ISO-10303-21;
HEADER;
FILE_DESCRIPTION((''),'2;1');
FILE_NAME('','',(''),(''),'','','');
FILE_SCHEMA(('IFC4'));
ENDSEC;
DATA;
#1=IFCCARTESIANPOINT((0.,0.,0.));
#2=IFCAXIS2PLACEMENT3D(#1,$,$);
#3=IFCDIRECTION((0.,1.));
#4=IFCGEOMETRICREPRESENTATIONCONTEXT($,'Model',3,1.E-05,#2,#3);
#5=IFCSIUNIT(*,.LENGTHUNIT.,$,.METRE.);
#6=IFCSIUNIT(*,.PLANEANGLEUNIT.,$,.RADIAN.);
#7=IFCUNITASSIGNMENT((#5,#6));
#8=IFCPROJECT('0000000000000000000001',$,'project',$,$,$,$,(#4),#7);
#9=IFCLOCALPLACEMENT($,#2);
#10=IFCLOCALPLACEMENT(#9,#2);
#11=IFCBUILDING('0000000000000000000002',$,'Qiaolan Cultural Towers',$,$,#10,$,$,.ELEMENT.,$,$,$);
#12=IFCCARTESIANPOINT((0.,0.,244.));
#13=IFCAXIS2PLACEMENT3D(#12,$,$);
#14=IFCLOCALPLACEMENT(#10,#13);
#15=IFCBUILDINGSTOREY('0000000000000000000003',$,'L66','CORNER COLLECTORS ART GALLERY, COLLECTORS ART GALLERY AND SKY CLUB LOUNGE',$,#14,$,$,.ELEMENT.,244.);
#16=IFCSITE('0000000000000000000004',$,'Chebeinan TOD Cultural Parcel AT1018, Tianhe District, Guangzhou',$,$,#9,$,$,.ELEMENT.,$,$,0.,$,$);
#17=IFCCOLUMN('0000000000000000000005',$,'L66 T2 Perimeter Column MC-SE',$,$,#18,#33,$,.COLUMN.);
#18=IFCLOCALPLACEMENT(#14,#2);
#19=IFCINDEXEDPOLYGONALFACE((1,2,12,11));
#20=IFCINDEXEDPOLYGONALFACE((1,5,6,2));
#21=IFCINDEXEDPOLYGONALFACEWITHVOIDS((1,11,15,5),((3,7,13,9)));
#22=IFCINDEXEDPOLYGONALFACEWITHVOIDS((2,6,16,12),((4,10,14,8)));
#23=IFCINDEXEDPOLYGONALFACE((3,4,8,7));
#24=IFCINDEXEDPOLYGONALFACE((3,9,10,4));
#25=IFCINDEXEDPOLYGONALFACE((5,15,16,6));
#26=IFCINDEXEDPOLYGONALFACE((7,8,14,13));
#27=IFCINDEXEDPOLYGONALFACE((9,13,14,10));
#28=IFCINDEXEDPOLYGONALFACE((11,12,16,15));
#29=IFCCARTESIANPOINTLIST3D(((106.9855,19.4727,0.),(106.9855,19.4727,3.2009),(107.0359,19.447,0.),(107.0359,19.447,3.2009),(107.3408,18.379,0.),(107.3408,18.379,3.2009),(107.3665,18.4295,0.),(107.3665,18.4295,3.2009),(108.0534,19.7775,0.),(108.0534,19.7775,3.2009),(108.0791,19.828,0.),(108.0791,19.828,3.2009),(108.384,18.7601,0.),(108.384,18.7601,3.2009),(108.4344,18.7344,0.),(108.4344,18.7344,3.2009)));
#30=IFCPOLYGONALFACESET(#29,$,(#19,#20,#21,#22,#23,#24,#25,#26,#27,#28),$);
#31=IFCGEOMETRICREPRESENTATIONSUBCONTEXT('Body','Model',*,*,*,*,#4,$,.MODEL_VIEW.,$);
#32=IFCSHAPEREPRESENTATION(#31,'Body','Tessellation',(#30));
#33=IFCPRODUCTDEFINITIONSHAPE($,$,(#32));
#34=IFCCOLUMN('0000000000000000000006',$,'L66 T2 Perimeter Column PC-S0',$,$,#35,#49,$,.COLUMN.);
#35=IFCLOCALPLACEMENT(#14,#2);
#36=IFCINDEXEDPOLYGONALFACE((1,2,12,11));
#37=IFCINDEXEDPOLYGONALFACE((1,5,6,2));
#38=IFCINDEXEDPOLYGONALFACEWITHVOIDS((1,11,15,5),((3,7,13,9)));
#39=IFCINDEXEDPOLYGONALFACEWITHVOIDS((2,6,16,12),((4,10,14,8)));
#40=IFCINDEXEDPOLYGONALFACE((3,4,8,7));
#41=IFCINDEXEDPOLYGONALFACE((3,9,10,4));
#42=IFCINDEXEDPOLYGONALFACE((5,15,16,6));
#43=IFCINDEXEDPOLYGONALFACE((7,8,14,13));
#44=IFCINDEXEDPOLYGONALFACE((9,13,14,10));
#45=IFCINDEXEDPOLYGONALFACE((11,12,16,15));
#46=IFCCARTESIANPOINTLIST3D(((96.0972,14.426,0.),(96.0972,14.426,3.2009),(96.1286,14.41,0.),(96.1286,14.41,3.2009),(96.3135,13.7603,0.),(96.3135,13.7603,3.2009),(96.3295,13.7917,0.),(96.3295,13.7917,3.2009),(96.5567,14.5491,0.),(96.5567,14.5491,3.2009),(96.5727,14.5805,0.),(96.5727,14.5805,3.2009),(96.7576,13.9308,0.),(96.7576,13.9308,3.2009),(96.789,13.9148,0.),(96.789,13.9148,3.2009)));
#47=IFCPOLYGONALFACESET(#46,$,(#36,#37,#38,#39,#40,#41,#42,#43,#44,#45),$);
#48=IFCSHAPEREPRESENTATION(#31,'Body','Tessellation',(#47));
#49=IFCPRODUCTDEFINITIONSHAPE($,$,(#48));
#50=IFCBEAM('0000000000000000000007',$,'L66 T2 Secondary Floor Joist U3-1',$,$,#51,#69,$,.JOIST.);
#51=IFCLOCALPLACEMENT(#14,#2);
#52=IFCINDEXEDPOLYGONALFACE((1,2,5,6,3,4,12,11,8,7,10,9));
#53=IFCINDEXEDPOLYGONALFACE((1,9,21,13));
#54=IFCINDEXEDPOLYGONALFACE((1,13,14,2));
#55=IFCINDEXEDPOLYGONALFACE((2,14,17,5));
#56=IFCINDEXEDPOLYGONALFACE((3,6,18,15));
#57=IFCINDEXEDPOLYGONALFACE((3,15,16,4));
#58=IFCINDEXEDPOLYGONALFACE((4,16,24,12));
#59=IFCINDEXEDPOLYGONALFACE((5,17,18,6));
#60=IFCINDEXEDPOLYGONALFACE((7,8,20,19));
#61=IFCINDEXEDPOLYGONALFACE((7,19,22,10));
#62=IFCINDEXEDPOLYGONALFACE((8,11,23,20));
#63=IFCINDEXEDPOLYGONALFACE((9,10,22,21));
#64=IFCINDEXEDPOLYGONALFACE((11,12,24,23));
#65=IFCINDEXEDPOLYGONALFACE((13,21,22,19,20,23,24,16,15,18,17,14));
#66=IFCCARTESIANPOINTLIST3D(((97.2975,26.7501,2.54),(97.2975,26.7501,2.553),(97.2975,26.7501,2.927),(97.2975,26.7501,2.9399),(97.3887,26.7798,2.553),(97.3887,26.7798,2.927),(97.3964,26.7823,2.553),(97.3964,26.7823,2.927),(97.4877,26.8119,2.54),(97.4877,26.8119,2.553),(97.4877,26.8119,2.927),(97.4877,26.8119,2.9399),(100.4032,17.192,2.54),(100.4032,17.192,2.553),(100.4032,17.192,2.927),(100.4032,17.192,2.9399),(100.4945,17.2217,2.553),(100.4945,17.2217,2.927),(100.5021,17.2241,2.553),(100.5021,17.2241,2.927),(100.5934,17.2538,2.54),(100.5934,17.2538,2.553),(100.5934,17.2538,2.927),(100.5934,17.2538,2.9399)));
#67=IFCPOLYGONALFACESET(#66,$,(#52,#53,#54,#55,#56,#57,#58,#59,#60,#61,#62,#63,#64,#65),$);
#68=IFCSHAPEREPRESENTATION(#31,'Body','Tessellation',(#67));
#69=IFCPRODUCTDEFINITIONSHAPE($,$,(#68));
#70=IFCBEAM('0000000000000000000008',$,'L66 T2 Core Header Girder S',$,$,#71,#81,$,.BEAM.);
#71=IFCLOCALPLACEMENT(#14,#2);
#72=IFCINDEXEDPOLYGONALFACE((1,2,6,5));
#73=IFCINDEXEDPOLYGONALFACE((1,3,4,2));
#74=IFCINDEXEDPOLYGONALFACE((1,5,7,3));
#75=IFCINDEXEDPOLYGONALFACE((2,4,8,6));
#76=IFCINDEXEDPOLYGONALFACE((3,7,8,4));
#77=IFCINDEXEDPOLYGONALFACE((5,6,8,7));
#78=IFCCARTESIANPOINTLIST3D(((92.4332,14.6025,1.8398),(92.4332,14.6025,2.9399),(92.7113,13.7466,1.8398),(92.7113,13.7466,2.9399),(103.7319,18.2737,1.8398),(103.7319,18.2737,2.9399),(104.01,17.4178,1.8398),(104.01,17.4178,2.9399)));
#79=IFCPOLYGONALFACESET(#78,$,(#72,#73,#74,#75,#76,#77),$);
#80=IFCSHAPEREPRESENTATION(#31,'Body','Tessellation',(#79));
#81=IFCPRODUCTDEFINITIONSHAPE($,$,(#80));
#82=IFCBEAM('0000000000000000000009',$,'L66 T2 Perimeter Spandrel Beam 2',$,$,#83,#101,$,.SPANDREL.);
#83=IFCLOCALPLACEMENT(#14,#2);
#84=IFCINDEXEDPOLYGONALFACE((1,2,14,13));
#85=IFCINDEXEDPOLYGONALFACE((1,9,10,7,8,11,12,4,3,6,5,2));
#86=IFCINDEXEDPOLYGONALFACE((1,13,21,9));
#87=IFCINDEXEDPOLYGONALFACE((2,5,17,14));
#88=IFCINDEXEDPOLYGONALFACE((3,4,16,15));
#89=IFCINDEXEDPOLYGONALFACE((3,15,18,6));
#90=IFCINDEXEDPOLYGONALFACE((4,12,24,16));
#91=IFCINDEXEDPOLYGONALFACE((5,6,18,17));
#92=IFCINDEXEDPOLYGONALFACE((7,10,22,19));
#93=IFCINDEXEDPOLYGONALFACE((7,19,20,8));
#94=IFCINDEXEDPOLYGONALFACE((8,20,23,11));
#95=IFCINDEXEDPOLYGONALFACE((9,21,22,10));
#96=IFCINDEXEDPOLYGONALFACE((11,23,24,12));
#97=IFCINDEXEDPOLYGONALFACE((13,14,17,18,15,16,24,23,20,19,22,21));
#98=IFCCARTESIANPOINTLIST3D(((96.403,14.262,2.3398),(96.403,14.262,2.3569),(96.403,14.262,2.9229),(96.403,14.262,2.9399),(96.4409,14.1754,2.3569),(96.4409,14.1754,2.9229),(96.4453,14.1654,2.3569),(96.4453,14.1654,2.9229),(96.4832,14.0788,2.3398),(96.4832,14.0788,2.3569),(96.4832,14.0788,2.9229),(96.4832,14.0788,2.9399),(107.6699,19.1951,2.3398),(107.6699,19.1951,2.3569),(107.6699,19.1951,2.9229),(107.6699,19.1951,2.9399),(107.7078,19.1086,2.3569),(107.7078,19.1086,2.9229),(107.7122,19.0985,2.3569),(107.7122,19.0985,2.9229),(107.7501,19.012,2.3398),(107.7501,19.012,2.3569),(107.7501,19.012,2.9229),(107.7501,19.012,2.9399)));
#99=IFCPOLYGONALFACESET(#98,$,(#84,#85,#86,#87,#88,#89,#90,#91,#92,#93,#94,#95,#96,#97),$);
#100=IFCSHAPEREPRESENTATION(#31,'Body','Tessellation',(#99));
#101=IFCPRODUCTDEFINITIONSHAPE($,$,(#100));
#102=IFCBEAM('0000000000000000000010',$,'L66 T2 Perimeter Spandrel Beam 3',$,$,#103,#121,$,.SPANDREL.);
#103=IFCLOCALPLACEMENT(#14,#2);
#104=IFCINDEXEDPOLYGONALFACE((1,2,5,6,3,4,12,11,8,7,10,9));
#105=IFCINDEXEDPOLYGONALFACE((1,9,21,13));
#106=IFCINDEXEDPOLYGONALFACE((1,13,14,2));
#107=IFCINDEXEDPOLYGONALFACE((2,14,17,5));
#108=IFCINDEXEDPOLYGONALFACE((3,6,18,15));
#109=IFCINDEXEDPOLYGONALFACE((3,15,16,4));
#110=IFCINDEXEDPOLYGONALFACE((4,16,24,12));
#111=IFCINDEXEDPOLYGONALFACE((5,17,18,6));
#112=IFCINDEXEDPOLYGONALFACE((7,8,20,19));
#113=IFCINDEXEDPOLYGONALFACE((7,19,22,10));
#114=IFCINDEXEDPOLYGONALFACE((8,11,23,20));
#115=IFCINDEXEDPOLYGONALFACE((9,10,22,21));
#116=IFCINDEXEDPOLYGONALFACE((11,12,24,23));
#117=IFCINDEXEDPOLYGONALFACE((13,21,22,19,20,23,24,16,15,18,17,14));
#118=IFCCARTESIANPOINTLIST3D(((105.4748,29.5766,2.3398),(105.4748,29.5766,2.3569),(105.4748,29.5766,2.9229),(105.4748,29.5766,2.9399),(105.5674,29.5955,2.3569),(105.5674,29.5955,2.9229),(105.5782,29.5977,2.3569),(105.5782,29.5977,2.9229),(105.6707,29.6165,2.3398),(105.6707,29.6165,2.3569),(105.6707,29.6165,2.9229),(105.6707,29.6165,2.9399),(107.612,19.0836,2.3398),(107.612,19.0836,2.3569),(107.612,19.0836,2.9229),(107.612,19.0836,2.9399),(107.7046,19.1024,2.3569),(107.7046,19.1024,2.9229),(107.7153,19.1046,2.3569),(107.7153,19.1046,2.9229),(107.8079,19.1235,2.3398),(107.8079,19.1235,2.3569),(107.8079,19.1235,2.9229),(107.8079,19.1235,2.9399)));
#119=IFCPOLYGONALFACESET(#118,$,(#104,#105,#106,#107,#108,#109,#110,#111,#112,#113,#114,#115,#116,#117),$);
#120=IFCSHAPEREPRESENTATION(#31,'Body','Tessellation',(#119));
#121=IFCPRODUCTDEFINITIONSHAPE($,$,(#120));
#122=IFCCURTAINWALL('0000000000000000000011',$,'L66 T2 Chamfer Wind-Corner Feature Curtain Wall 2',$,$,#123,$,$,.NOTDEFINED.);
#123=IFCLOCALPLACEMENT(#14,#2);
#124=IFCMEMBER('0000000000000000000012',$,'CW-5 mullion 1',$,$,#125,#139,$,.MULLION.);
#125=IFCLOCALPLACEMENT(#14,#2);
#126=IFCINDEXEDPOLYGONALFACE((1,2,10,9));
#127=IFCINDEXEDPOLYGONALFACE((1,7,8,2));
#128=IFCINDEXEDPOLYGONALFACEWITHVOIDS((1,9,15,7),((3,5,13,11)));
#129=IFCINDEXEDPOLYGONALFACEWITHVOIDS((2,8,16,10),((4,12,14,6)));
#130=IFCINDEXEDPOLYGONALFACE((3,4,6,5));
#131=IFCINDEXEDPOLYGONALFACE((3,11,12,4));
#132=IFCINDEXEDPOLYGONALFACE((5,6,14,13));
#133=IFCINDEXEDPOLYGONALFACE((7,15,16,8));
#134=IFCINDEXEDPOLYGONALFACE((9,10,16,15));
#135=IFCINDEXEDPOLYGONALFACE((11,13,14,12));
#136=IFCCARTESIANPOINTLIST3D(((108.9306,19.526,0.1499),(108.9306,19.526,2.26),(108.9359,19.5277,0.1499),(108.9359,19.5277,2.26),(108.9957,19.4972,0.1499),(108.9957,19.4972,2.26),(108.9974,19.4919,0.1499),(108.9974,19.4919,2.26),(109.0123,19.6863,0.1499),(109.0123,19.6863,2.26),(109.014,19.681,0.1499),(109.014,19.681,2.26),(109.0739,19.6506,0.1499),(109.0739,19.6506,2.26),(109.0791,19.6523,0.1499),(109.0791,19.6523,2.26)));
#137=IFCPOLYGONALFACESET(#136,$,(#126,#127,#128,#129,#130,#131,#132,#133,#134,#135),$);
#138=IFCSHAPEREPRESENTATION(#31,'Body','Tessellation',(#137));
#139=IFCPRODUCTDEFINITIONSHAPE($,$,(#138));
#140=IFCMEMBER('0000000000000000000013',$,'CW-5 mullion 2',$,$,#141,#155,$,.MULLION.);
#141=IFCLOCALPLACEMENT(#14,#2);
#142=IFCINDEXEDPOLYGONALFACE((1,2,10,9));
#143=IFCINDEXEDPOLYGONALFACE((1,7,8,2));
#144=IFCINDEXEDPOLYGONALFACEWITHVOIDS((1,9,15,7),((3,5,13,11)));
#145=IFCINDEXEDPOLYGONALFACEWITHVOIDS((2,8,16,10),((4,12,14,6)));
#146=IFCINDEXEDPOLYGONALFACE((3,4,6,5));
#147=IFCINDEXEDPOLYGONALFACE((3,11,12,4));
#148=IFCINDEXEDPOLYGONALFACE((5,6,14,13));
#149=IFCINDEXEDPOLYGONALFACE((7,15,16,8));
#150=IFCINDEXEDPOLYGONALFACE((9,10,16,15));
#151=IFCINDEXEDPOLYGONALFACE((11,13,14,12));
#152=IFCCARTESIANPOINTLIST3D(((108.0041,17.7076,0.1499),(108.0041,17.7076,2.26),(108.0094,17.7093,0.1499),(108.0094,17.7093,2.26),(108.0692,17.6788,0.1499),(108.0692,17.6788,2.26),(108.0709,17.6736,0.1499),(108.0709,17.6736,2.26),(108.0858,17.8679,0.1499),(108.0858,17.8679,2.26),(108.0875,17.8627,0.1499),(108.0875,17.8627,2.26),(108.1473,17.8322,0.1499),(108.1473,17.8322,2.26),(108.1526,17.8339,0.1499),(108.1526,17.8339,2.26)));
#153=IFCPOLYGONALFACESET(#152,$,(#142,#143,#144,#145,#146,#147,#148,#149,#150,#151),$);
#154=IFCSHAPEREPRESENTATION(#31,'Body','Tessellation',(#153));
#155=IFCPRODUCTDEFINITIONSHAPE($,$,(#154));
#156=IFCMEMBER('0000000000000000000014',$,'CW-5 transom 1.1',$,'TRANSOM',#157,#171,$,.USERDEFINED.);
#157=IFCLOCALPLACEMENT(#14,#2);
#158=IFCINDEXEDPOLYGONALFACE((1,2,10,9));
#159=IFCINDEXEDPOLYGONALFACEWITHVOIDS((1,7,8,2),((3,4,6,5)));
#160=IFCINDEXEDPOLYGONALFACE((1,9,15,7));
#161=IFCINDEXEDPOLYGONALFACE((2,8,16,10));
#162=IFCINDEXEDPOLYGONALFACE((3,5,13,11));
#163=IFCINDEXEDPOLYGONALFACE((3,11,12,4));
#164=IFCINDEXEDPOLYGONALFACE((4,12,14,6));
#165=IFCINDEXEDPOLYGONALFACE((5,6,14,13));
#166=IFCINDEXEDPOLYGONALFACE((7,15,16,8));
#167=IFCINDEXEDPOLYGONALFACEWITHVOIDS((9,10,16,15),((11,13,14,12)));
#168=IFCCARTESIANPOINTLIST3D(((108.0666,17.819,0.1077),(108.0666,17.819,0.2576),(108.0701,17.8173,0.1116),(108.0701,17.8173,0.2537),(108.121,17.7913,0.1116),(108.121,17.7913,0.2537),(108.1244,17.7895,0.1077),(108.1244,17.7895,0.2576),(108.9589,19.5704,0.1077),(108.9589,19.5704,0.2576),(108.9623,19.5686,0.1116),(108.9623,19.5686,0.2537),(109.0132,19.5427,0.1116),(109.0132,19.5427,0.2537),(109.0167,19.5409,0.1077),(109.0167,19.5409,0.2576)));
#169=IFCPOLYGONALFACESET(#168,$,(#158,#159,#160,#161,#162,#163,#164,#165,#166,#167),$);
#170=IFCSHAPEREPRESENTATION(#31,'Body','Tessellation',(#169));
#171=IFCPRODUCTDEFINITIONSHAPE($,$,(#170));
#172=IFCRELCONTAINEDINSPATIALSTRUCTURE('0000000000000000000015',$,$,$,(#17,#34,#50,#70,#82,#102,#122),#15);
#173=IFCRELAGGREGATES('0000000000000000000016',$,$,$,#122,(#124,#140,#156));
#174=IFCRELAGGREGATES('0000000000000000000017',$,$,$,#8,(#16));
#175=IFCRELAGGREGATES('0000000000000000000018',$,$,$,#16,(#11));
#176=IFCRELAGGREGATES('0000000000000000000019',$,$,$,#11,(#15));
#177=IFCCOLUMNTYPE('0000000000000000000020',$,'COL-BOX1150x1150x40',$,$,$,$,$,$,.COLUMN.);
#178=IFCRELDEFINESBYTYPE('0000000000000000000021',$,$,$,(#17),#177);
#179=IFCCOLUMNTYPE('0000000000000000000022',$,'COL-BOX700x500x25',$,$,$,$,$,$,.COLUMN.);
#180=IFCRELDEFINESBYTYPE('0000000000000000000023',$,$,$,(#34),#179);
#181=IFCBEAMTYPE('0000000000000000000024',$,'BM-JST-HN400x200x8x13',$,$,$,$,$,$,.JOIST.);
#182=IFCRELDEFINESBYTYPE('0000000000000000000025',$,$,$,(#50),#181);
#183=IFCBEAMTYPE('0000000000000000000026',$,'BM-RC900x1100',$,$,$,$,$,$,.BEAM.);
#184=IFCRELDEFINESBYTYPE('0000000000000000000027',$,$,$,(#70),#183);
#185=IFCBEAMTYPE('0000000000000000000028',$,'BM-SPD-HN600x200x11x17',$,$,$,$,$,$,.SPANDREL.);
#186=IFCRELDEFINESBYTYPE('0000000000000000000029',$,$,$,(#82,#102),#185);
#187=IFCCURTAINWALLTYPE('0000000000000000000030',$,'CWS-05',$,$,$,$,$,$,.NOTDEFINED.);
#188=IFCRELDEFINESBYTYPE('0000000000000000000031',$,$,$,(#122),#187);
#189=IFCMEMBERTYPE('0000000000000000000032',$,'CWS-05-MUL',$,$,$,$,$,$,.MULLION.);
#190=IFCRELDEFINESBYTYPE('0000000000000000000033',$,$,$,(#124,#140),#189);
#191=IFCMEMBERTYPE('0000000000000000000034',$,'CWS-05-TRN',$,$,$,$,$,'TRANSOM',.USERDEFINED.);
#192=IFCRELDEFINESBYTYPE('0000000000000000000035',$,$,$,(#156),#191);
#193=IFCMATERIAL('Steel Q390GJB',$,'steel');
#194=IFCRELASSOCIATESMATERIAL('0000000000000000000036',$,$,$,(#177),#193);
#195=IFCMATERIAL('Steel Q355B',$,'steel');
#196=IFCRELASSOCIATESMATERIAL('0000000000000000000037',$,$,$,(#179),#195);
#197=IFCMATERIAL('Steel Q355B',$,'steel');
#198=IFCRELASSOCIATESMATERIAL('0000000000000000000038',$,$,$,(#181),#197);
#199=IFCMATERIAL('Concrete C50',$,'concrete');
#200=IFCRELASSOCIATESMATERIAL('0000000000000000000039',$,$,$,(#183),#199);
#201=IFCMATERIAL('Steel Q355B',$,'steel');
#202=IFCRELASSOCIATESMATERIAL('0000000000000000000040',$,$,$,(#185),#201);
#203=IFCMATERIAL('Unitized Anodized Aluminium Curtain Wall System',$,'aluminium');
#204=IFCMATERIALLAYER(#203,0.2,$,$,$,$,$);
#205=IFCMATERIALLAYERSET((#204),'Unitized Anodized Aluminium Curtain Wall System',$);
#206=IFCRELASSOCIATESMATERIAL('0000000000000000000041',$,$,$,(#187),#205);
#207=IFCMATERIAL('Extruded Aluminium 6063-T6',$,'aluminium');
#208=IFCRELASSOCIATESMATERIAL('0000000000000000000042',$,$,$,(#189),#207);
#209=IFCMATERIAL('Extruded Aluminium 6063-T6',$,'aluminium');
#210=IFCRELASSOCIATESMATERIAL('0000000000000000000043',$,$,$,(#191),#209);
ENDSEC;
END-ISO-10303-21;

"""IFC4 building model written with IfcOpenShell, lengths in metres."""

from ifc_helpers import new_model, si_unit, direction, frame, origin, origin_2d, place, context, subcontext, project, spatial, rectangle, hollow_rectangle, i_section, extrude, material, layer, layer_set, material_profile, profile_set, type_object, element, aggregate, save


model = new_model("IFC4")

# Units and contexts
model_context = context("Model", 3, precision=1e-05, world=origin(), true_north=direction((0.0, 1.0)))
body_context = subcontext(model_context, "Body", "Model", "MODEL_VIEW")
ifc_project = project(units=[si_unit("LENGTHUNIT", "METRE"), si_unit("PLANEANGLEUNIT", "RADIAN")], contexts=[model_context])

# Site, building, storey
site_placement = place(None, origin())
site = spatial("IfcSite", under=ifc_project, at=site_placement, Name="Chebeinan TOD Cultural Parcel AT1018, Tianhe District, Guangzhou", CompositionType="ELEMENT", RefElevation=0.0)
building_placement = place(site_placement, origin())
building = spatial("IfcBuilding", under=site, at=building_placement, Name="Qiaolan Cultural Towers", CompositionType="ELEMENT")
storey_placement = place(building_placement, frame((0.0, 0.0, 244.0)))
storey = spatial("IfcBuildingStorey", under=building, at=storey_placement, Name="L66", Description="CORNER COLLECTORS ART GALLERY, COLLECTORS ART GALLERY AND SKY CLUB LOUNGE", CompositionType="ELEMENT", Elevation=244.0)

# Columns
ifc_material_1 = material(Name="Steel Q390GJB", Category="steel")
ifc_material_profile_1 = material_profile(ifc_material_1, hollow_rectangle(XDim=1.1499, YDim=1.1499, WallThickness=0.04, at=origin_2d()), Name="BOX1150x1150x40")
ifc_profile_set_1 = profile_set([ifc_material_profile_1], Name="Steel Q390GJB")
column_type_1 = type_object("IfcColumnType", Name="COL-BOX1150x1150x40", PredefinedType="COLUMN", material=ifc_profile_set_1)
column_1_placement = place(storey_placement, frame((107.71, 19.1035, 0.0), z_axis=(0.0, 0.0, 1.0), x_axis=(0.951057, 0.309017, 0.0)))
element("IfcColumn", 1, at=column_1_placement, inside=storey, type_object=column_type_1, Name="L66 T2 Perimeter Column MC-SE", PredefinedType="COLUMN", context=body_context, shape_type="SweptSolid", body=[
    extrude(hollow_rectangle(XDim=1.1499, YDim=1.1499, WallThickness=0.04, at=origin_2d()), origin(), (0.0, 0.0, 1.0), 3.2009),
])
ifc_material_2 = material(Name="Steel Q355B", Category="steel")
ifc_material_profile_2 = material_profile(ifc_material_2, hollow_rectangle(XDim=0.5, YDim=0.7, WallThickness=0.0249, at=origin_2d()), Name="BOX700x500x25")
ifc_profile_set_2 = profile_set([ifc_material_profile_2], Name="Steel Q355B")
column_type_2 = type_object("IfcColumnType", Name="COL-BOX700x500x25", PredefinedType="COLUMN", material=ifc_profile_set_2)
column_2_placement = place(storey_placement, frame((96.4431, 14.1704, 0.0), z_axis=(0.0, 0.0, 1.0), x_axis=(0.951057, 0.309017, 0.0)))
element("IfcColumn", 2, at=column_2_placement, inside=storey, type_object=column_type_2, Name="L66 T2 Perimeter Column PC-S0", PredefinedType="COLUMN", context=body_context, shape_type="SweptSolid", body=[
    extrude(hollow_rectangle(XDim=0.5, YDim=0.7, WallThickness=0.0249, at=origin_2d()), origin(), (0.0, 0.0, 1.0), 3.2009),
])

# Beams
ifc_material_3 = material(Name="Steel Q355B", Category="steel")
ifc_material_profile_3 = material_profile(ifc_material_3, i_section(OverallWidth=0.2, OverallDepth=0.3999, WebThickness=0.0081, FlangeThickness=0.0129, at=origin_2d()), Name="HN400x200x8x13")
ifc_profile_set_3 = profile_set([ifc_material_profile_3], Name="Steel Q355B")
beam_type_1 = type_object("IfcBeamType", Name="BM-JST-HN400x200x8x13", PredefinedType="JOIST", material=ifc_profile_set_3)
beam_1_placement = place(storey_placement, frame((100.4983, 17.2229, 2.74), z_axis=(-0.309026, 0.951054, 0.0), x_axis=(-0.951054, -0.309026, 0.0)))
element("IfcBeam", 3, at=beam_1_placement, inside=storey, type_object=beam_type_1, Name="L66 T2 Secondary Floor Joist U3-1", PredefinedType="JOIST", context=body_context, shape_type="SweptSolid", body=[
    extrude(i_section(OverallWidth=0.2, OverallDepth=0.3999, WebThickness=0.0081, FlangeThickness=0.0129, at=origin_2d()), origin(), (0.0, 0.0, 1.0), 10.05),
])
ifc_material_4 = material(Name="Concrete C50", Category="concrete")
ifc_material_profile_4 = material_profile(ifc_material_4, rectangle(XDim=0.8999, YDim=1.1001, at=origin_2d()), Name="RC900x1100")
ifc_profile_set_4 = profile_set([ifc_material_profile_4], Name="Concrete C50")
beam_type_2 = type_object("IfcBeamType", Name="BM-RC900x1100", PredefinedType="BEAM", material=ifc_profile_set_4)
beam_2_placement = place(storey_placement, frame((92.5723, 14.1746, 2.3899), z_axis=(0.951056, 0.309018, 0.0), x_axis=(-0.309018, 0.951056, 0.0)))
element("IfcBeam", 4, at=beam_2_placement, inside=storey, type_object=beam_type_2, Name="L66 T2 Core Header Girder S", PredefinedType="BEAM", context=body_context, shape_type="SweptSolid", body=[
    extrude(rectangle(XDim=0.8999, YDim=1.1001, at=origin_2d()), origin(), (0.0, 0.0, 1.0), 11.8801),
])
ifc_material_5 = material(Name="Steel Q355B", Category="steel")
ifc_material_profile_5 = material_profile(ifc_material_5, i_section(OverallWidth=0.2, OverallDepth=0.6001, WebThickness=0.011, FlangeThickness=0.0171, at=origin_2d()), Name="HN600x200x11x17")
ifc_profile_set_5 = profile_set([ifc_material_profile_5], Name="Steel Q355B")
beam_type_3 = type_object("IfcBeamType", Name="BM-SPD-HN600x200x11x17", PredefinedType="SPANDREL", material=ifc_profile_set_5)
beam_3_placement = place(storey_placement, frame((96.4431, 14.1704, 2.6399), z_axis=(0.916042, 0.401082, 0.0), x_axis=(-0.401082, 0.916042, 0.0)))
element("IfcBeam", 5, at=beam_3_placement, inside=storey, type_object=beam_type_3, Name="L66 T2 Perimeter Spandrel Beam 2", PredefinedType="SPANDREL", context=body_context, shape_type="SweptSolid", body=[
    extrude(i_section(OverallWidth=0.2, OverallDepth=0.6001, WebThickness=0.011, FlangeThickness=0.0171, at=origin_2d()), origin(), (0.0, 0.0, 1.0), 12.2996),
])
beam_4_placement = place(storey_placement, frame((107.71, 19.1035, 2.6399), z_axis=(-0.199579, 0.979882, 0.0), x_axis=(-0.979882, -0.199579, 0.0)))
element("IfcBeam", 6, at=beam_4_placement, inside=storey, type_object=beam_type_3, Name="L66 T2 Perimeter Spandrel Beam 3", PredefinedType="SPANDREL", context=body_context, shape_type="SweptSolid", body=[
    extrude(i_section(OverallWidth=0.2, OverallDepth=0.6001, WebThickness=0.011, FlangeThickness=0.0171, at=origin_2d()), origin(), (0.0, 0.0, 1.0), 10.7085),
])

# Curtain wall, members
ifc_material_6 = material(Name="Unitized Anodized Aluminium Curtain Wall System", Category="aluminium")
ifc_layer_1 = layer(ifc_material_6, 0.2)
ifc_layer_set_1 = layer_set([ifc_layer_1], Name="Unitized Anodized Aluminium Curtain Wall System")
curtain_wall_type = type_object("IfcCurtainWallType", Name="CWS-05", PredefinedType="NOTDEFINED", material=ifc_layer_set_1)
curtain_wall_placement = place(storey_placement, origin())
curtain_wall = element("IfcCurtainWall", 7, at=curtain_wall_placement, inside=storey, type_object=curtain_wall_type, Name="L66 T2 Chamfer Wind-Corner Feature Curtain Wall 2", PredefinedType="NOTDEFINED")
ifc_material_7 = material(Name="Extruded Aluminium 6063-T6", Category="aluminium")
ifc_material_profile_6 = material_profile(ifc_material_7, hollow_rectangle(XDim=0.075, YDim=0.1799, WallThickness=0.0039, at=origin_2d()), Name="CWM-180x75x4")
ifc_profile_set_6 = profile_set([ifc_material_profile_6], Name="Extruded Aluminium 6063-T6")
member_type_1 = type_object("IfcMemberType", Name="CWS-05-MUL", PredefinedType="MULLION", material=ifc_profile_set_6)
member_1_placement = place(storey_placement, frame((109.0049, 19.5891, 0.1499), z_axis=(0.0, 0.0, 1.0), x_axis=(0.891007, -0.45399, 0.0)))
member_1 = element("IfcMember", 8, at=member_1_placement, type_object=member_type_1, Name="CW-5 mullion 1", PredefinedType="MULLION", context=body_context, shape_type="SweptSolid", body=[
    extrude(hollow_rectangle(XDim=0.075, YDim=0.1799, WallThickness=0.0039, at=origin_2d()), origin(), (0.0, 0.0, 1.0), 2.1101),
])
member_2_placement = place(storey_placement, frame((108.0784, 17.7708, 0.1499), z_axis=(0.0, 0.0, 1.0), x_axis=(0.891007, -0.45399, 0.0)))
member_2 = element("IfcMember", 9, at=member_2_placement, type_object=member_type_1, Name="CW-5 mullion 2", PredefinedType="MULLION", context=body_context, shape_type="SweptSolid", body=[
    extrude(hollow_rectangle(XDim=0.075, YDim=0.1799, WallThickness=0.0039, at=origin_2d()), origin(), (0.0, 0.0, 1.0), 2.1101),
])
ifc_material_8 = material(Name="Extruded Aluminium 6063-T6", Category="aluminium")
ifc_material_profile_7 = material_profile(ifc_material_8, hollow_rectangle(XDim=0.0649, YDim=0.1499, WallThickness=0.0039, at=origin_2d()), Name="CWT-150x65x4")
ifc_profile_set_7 = profile_set([ifc_material_profile_7], Name="Extruded Aluminium 6063-T6")
member_type_2 = type_object("IfcMemberType", Name="CWS-05-TRN", ElementType="TRANSOM", PredefinedType="USERDEFINED", material=ifc_profile_set_7)
member_3_placement = place(storey_placement, frame((108.9878, 19.5557, 0.1826), z_axis=(-0.453957, -0.891023, 0.0), x_axis=(0.891023, -0.453957, 0.0)))
member_3 = element("IfcMember", 10, at=member_3_placement, type_object=member_type_2, Name="CW-5 transom 1.1", ObjectType="TRANSOM", PredefinedType="USERDEFINED", context=body_context, shape_type="SweptSolid", body=[
    extrude(hollow_rectangle(XDim=0.0649, YDim=0.1499, WallThickness=0.0039, at=origin_2d()), origin(), (0.0, 0.0, 1.0), 1.9656),
])
aggregate(curtain_wall, [member_1, member_2, member_3])

save(model, "model.ifc")
